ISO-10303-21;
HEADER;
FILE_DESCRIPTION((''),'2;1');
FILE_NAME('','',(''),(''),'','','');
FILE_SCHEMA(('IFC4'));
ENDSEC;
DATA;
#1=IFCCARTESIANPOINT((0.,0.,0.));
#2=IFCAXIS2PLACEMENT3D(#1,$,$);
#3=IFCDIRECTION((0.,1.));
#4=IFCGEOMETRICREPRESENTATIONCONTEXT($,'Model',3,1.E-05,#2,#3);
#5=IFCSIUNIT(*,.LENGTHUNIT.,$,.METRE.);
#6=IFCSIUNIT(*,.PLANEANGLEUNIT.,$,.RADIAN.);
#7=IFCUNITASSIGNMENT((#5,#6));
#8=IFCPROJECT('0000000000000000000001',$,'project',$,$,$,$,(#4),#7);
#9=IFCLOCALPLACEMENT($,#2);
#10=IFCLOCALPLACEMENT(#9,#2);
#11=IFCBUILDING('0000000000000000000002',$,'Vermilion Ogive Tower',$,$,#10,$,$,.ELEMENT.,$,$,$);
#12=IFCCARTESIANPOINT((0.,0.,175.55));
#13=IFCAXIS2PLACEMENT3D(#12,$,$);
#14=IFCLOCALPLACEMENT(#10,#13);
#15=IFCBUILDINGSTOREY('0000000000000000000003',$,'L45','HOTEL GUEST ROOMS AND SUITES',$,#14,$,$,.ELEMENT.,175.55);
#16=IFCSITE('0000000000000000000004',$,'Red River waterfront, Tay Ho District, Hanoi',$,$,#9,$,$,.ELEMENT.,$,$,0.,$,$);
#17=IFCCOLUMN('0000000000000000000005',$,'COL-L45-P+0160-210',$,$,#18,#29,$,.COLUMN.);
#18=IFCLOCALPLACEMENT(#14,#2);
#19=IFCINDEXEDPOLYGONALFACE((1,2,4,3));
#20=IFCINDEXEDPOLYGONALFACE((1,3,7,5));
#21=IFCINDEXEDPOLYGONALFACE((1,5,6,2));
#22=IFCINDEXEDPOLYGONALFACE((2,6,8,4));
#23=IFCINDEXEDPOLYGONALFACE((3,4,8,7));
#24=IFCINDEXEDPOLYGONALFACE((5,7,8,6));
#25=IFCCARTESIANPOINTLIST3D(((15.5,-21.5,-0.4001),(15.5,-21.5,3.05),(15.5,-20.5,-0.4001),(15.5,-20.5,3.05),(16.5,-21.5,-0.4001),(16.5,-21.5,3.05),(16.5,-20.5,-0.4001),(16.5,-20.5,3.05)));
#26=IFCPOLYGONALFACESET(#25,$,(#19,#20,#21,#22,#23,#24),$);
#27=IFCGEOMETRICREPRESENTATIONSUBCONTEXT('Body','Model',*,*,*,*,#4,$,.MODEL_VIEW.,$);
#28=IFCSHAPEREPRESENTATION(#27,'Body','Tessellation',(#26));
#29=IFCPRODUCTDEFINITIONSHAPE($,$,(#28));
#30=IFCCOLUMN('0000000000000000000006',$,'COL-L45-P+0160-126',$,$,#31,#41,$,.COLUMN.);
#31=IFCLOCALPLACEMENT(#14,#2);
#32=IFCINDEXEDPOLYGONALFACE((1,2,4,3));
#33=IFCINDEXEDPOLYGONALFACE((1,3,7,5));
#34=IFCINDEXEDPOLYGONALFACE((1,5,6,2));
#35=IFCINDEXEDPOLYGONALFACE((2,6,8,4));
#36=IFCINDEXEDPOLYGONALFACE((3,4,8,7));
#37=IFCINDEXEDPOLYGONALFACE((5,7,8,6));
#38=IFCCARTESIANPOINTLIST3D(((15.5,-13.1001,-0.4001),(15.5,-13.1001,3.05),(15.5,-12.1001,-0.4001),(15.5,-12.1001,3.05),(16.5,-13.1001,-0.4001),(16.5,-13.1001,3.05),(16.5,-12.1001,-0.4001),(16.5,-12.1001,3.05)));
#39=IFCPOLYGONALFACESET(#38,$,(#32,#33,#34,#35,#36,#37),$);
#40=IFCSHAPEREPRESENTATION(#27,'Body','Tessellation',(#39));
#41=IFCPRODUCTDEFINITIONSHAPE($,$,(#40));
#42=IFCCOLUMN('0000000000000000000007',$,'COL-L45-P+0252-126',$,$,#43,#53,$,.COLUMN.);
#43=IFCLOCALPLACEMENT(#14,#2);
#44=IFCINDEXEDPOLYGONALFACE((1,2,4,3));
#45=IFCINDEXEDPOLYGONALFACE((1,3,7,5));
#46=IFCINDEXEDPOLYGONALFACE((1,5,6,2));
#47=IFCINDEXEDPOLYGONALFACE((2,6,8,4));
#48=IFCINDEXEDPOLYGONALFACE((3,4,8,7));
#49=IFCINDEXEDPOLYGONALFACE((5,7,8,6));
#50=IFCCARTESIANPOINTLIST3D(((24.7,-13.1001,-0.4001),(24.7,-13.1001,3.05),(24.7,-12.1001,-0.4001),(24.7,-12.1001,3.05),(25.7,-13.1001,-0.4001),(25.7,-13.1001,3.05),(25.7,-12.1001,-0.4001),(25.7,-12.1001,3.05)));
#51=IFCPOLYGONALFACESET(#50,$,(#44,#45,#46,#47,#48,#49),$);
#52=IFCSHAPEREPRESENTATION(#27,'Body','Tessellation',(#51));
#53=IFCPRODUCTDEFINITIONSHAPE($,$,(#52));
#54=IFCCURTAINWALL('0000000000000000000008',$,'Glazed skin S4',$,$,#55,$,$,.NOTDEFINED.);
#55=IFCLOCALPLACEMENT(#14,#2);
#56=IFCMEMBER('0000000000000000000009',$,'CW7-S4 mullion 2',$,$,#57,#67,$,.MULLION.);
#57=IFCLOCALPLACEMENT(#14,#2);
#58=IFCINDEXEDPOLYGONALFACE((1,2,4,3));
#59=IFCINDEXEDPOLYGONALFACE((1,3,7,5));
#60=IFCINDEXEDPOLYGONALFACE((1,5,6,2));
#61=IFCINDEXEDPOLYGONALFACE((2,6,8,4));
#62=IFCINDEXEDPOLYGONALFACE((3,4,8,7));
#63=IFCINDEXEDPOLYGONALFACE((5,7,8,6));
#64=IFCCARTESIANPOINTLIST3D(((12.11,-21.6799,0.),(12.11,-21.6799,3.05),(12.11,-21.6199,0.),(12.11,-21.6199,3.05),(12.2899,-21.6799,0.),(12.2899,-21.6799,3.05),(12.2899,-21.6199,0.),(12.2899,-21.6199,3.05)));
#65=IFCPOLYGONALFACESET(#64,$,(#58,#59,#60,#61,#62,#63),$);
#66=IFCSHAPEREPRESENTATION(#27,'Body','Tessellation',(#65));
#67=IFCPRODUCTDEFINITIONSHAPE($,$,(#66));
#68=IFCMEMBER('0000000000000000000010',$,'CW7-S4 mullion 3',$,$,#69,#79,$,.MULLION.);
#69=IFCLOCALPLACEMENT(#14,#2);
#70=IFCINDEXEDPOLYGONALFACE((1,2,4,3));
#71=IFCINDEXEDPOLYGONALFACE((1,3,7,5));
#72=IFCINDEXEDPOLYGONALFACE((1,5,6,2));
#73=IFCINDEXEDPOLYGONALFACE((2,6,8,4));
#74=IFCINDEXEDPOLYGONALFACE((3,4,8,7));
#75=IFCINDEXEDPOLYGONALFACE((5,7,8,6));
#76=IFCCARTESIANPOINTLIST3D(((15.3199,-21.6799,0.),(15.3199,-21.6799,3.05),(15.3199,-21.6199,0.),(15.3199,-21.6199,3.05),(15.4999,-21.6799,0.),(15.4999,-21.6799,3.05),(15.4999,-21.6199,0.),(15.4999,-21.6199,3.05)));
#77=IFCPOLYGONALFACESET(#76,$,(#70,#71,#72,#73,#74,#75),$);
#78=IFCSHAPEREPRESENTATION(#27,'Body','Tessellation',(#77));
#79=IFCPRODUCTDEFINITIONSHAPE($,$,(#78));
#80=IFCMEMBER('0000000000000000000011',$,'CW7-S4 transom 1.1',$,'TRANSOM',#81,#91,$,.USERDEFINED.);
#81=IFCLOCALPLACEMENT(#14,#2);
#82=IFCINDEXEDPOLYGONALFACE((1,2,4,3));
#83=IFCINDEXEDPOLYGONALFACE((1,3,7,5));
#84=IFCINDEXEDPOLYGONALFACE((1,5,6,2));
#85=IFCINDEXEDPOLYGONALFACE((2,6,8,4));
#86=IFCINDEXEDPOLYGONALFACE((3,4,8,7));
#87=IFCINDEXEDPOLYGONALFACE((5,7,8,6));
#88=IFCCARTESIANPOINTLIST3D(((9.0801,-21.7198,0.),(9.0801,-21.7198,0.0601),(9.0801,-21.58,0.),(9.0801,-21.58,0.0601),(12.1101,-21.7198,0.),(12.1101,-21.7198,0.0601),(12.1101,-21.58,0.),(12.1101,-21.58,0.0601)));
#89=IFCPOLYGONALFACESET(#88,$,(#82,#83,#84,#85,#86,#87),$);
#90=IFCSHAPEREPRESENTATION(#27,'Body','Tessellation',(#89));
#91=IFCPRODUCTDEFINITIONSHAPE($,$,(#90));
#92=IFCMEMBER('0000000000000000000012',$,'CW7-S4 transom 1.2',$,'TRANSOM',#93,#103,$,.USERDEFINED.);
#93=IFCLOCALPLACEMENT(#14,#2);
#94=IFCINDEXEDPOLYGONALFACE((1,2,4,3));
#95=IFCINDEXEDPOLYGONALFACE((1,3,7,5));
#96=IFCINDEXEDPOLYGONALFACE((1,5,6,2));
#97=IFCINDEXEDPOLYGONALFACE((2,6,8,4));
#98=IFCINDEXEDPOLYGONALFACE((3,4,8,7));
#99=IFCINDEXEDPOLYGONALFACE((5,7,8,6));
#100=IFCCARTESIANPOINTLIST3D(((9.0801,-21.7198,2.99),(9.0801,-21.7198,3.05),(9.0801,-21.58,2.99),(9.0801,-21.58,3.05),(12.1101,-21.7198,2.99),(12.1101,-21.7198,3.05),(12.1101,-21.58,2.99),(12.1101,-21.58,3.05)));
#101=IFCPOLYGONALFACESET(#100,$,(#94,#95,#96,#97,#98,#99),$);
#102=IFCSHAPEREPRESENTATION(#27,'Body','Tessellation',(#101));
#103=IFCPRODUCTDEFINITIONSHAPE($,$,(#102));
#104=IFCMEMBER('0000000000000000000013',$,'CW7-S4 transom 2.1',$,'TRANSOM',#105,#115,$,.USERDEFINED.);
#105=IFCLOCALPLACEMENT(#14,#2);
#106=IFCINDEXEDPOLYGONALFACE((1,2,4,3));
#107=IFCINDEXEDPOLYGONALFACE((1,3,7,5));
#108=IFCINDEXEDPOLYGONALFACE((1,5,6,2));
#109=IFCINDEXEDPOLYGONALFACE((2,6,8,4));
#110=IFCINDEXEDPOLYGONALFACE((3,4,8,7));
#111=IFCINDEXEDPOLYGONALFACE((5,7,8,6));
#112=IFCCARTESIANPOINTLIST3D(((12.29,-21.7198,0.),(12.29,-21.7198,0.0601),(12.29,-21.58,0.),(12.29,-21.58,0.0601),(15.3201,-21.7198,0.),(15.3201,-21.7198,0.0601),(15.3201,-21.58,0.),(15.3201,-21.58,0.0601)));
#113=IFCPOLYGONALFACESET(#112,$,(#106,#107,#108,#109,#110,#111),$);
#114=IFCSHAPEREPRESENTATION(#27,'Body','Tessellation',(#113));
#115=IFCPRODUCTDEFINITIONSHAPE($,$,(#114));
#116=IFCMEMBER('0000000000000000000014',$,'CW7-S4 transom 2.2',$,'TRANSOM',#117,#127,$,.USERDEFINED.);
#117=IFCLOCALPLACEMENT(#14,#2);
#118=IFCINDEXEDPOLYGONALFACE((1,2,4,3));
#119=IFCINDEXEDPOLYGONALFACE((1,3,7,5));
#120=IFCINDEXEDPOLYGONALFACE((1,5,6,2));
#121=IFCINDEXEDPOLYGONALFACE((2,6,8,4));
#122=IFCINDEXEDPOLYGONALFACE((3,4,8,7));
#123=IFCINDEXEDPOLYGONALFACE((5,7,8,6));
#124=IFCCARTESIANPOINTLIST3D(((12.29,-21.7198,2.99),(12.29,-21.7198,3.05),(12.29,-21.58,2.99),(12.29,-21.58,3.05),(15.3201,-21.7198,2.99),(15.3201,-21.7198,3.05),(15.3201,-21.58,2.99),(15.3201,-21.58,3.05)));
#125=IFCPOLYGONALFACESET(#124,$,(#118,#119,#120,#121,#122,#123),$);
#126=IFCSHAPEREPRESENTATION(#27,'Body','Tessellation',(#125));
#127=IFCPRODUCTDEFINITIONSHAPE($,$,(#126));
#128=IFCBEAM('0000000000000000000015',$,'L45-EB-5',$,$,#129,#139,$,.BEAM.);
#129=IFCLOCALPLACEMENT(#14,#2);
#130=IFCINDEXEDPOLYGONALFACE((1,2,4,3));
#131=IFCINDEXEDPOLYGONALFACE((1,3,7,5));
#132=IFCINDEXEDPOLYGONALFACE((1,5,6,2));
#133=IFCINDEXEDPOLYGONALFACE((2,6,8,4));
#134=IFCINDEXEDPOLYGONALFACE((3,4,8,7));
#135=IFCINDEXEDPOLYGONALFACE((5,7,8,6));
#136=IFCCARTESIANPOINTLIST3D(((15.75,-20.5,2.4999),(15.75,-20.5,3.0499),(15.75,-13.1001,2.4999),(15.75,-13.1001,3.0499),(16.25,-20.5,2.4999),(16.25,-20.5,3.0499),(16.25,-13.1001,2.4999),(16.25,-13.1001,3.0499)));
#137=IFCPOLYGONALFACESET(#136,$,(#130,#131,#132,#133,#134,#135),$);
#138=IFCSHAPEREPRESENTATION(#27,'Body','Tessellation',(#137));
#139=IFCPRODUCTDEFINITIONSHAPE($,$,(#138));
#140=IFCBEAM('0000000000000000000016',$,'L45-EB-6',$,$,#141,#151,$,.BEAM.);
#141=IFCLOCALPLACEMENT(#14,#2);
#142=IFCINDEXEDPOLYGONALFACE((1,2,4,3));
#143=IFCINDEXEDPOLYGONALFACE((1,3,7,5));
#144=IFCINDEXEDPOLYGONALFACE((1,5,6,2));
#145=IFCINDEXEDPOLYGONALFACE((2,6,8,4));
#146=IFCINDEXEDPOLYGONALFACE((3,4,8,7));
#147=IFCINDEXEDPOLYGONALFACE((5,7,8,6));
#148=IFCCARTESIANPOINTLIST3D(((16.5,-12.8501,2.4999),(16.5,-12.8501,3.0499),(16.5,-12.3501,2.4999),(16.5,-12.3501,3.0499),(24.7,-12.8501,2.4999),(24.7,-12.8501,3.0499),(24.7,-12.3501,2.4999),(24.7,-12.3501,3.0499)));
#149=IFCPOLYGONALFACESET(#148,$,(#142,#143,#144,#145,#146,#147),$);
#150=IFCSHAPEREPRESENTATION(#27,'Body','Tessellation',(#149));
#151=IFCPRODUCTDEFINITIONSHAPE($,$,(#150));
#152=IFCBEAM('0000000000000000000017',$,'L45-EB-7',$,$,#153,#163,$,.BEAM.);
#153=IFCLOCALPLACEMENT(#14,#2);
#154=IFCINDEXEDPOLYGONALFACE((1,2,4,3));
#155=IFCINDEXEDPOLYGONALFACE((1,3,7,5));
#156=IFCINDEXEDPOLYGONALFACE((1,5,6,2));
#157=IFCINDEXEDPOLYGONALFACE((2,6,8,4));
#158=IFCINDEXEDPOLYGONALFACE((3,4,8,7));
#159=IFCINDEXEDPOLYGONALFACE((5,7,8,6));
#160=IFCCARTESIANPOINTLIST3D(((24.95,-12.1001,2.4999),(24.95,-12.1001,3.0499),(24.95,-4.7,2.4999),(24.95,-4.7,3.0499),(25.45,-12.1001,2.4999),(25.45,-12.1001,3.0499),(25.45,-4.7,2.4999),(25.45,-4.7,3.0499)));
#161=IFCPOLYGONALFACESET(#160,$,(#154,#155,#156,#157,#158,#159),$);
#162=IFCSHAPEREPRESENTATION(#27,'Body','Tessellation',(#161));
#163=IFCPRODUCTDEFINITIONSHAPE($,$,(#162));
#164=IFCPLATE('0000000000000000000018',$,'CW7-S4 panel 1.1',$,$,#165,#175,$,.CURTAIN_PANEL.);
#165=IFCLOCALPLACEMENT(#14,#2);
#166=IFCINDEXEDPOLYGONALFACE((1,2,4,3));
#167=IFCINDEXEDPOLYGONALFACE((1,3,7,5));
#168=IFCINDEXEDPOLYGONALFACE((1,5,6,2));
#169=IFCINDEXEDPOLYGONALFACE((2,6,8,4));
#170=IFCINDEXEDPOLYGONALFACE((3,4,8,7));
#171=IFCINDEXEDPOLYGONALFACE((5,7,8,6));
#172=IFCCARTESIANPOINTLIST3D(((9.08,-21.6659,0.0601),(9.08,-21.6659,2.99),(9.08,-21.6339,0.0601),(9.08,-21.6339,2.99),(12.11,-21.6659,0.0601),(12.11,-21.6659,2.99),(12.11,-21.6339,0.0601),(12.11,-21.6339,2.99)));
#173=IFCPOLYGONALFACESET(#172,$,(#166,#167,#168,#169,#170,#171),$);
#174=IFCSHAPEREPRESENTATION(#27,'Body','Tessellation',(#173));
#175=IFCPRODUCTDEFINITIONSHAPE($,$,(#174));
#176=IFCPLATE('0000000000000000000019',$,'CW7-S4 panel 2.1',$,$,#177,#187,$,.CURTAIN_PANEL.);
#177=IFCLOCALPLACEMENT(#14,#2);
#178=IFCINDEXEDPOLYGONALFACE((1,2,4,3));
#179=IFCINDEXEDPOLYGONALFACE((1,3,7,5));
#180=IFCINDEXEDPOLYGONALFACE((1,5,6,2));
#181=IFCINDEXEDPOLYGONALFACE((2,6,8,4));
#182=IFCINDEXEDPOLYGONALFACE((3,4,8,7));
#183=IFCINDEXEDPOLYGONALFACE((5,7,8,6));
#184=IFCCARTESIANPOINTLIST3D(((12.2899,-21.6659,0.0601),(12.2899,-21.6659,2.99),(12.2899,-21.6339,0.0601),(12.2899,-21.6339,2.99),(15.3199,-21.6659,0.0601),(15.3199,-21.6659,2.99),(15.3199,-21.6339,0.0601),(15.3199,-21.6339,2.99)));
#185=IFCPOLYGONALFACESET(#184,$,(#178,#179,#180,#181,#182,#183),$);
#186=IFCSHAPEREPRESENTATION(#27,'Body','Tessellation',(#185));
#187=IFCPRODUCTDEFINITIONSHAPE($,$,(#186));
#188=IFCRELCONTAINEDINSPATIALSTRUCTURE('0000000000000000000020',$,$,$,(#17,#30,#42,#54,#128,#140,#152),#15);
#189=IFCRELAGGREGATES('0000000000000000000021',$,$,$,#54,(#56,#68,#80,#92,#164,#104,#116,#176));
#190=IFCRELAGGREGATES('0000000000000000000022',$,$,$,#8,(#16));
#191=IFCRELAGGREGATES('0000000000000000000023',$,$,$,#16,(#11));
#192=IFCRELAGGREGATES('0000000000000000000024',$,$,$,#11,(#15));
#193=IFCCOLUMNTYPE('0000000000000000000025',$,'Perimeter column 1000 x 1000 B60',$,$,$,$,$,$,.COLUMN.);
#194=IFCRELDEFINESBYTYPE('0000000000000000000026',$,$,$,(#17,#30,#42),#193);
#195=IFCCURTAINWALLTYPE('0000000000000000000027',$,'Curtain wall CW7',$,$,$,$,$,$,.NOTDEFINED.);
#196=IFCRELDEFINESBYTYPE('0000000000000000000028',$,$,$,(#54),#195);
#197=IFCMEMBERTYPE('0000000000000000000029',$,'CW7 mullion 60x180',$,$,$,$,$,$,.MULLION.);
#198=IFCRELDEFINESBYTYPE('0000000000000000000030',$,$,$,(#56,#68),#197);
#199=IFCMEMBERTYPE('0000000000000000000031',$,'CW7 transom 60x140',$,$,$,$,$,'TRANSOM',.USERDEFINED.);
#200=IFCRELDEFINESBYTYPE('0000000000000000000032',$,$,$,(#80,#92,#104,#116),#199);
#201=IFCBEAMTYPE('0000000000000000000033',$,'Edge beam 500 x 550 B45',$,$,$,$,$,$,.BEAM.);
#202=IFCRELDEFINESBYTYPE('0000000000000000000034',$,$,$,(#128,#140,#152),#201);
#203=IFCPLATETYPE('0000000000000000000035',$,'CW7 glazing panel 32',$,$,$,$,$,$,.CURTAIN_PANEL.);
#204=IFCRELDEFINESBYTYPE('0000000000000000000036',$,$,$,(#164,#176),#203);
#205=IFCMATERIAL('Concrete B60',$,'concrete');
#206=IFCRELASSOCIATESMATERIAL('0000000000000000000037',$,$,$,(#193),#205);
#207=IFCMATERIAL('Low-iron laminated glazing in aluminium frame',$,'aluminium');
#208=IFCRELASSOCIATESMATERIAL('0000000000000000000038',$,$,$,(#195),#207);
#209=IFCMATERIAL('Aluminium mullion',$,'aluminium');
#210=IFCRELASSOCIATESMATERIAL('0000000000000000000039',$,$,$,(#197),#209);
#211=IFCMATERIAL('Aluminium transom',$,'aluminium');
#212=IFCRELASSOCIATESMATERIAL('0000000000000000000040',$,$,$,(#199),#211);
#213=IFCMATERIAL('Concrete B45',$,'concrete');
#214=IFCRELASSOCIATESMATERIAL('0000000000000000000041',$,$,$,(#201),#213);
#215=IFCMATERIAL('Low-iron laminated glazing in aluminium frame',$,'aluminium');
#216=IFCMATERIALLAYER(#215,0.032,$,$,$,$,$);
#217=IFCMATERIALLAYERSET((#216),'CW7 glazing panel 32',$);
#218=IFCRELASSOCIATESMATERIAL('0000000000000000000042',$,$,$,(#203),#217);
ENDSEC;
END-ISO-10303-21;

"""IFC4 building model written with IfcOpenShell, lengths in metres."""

from ifc_helpers import new_model, si_unit, direction, frame, origin, origin_2d, place, context, subcontext, project, spatial, rectangle, extrude, material, layer, layer_set, material_profile, profile_set, type_object, element, aggregate, save


model = new_model("IFC4")

# Units and contexts
model_context = context("Model", 3, precision=1e-05, world=origin(), true_north=direction((0.0, 1.0)))
body_context = subcontext(model_context, "Body", "Model", "MODEL_VIEW")
ifc_project = project(units=[si_unit("LENGTHUNIT", "METRE"), si_unit("PLANEANGLEUNIT", "RADIAN")], contexts=[model_context])

# Site, building, storey
site_placement = place(None, origin())
site = spatial("IfcSite", under=ifc_project, at=site_placement, Name="Red River waterfront, Tay Ho District, Hanoi", CompositionType="ELEMENT", RefElevation=0.0)
building_placement = place(site_placement, origin())
building = spatial("IfcBuilding", under=site, at=building_placement, Name="Vermilion Ogive Tower", CompositionType="ELEMENT")
storey_placement = place(building_placement, frame((0.0, 0.0, 175.55)))
storey = spatial("IfcBuildingStorey", under=building, at=storey_placement, Name="L45", Description="HOTEL GUEST ROOMS AND SUITES", CompositionType="ELEMENT", Elevation=175.55)

# Columns
ifc_material_1 = material(Name="Concrete B60", Category="concrete")
ifc_material_profile_1 = material_profile(ifc_material_1, rectangle(XDim=1.0, YDim=1.0, at=origin_2d()), Name="1000 x 1000")
ifc_profile_set_1 = profile_set([ifc_material_profile_1], Name="Concrete B60")
column_type = type_object("IfcColumnType", Name="Perimeter column 1000 x 1000 B60", PredefinedType="COLUMN", material=ifc_profile_set_1)
for number, where, z_axis, x_axis, name in (
    (1, (16.0, -21.0, -0.4001), (0.0, 0.0, 1.0), (1.0, 0.0, 0.0), "COL-L45-P+0160-210"),
    (2, (16.0, -12.6001, -0.4001), (0.0, 0.0, 1.0), (1.0, 0.0, 0.0), "COL-L45-P+0160-126"),
    (3, (25.2, -12.6001, -0.4001), (0.0, 0.0, 1.0), (1.0, 0.0, 0.0), "COL-L45-P+0252-126"),
):
    element("IfcColumn", number, at=place(storey_placement, frame(where, z_axis=z_axis, x_axis=x_axis)), inside=storey, type_object=column_type, Name=name, PredefinedType="COLUMN", context=body_context, shape_type="SweptSolid", body=[
        extrude(rectangle(XDim=1.0, YDim=1.0, at=origin_2d()), origin(), (0.0, 0.0, 1.0), 3.4502),
    ])

# Curtain wall, members
ifc_material_2 = material(Name="Low-iron laminated glazing in aluminium frame", Category="aluminium")
curtain_wall_type = type_object("IfcCurtainWallType", Name="Curtain wall CW7", PredefinedType="NOTDEFINED", material=ifc_material_2)
curtain_wall_placement = place(storey_placement, origin())
curtain_wall = element("IfcCurtainWall", 4, at=curtain_wall_placement, inside=storey, type_object=curtain_wall_type, Name="Glazed skin S4", PredefinedType="NOTDEFINED")
ifc_material_3 = material(Name="Aluminium mullion", Category="aluminium")
ifc_material_profile_2 = material_profile(ifc_material_3, rectangle(XDim=0.0601, YDim=0.1799, at=origin_2d()), Name="AL 60x180")
ifc_profile_set_2 = profile_set([ifc_material_profile_2], Name="Aluminium mullion")
member_type_1 = type_object("IfcMemberType", Name="CW7 mullion 60x180", PredefinedType="MULLION", material=ifc_profile_set_2)
member_1_placement = place(storey_placement, frame((12.2, -21.6499, 0.0), z_axis=(0.0, 0.0, 1.0), x_axis=(0.0, 1.0, 0.0)))
member_1 = element("IfcMember", 5, at=member_1_placement, type_object=member_type_1, Name="CW7-S4 mullion 2", PredefinedType="MULLION", context=body_context, shape_type="SweptSolid", body=[
    extrude(rectangle(XDim=0.0601, YDim=0.1799, at=origin_2d()), origin(), (0.0, 0.0, 1.0), 3.05),
])
member_2_placement = place(storey_placement, frame((15.4099, -21.6499, 0.0), z_axis=(0.0, 0.0, 1.0), x_axis=(0.0, 1.0, 0.0)))
member_2 = element("IfcMember", 6, at=member_2_placement, type_object=member_type_1, Name="CW7-S4 mullion 3", PredefinedType="MULLION", context=body_context, shape_type="SweptSolid", body=[
    extrude(rectangle(XDim=0.0601, YDim=0.1799, at=origin_2d()), origin(), (0.0, 0.0, 1.0), 3.05),
])
ifc_material_4 = material(Name="Aluminium transom", Category="aluminium")
ifc_material_profile_3 = material_profile(ifc_material_4, rectangle(XDim=0.1399, YDim=0.0601, at=origin_2d()), Name="AL 60x140")
ifc_profile_set_3 = profile_set([ifc_material_profile_3], Name="Aluminium transom")
member_type_2 = type_object("IfcMemberType", Name="CW7 transom 60x140", ElementType="TRANSOM", PredefinedType="USERDEFINED", material=ifc_profile_set_3)
member_3_placement = place(storey_placement, frame((9.0801, -21.6499, 0.03), z_axis=(1.0, 0.0, 0.0), x_axis=(0.0, 1.0, 0.0)))
member_3 = element("IfcMember", 7, at=member_3_placement, type_object=member_type_2, Name="CW7-S4 transom 1.1", ObjectType="TRANSOM", PredefinedType="USERDEFINED", context=body_context, shape_type="SweptSolid", body=[
    extrude(rectangle(XDim=0.1399, YDim=0.0601, at=origin_2d()), origin(), (0.0, 0.0, 1.0), 3.03),
])
member_4_placement = place(storey_placement, frame((9.0801, -21.6499, 3.02), z_axis=(1.0, 0.0, 0.0), x_axis=(0.0, 1.0, 0.0)))
member_4 = element("IfcMember", 8, at=member_4_placement, type_object=member_type_2, Name="CW7-S4 transom 1.2", ObjectType="TRANSOM", PredefinedType="USERDEFINED", context=body_context, shape_type="SweptSolid", body=[
    extrude(rectangle(XDim=0.1399, YDim=0.0601, at=origin_2d()), origin(), (0.0, 0.0, 1.0), 3.03),
])
member_5_placement = place(storey_placement, frame((12.29, -21.6499, 0.03), z_axis=(1.0, 0.0, 0.0), x_axis=(0.0, 1.0, 0.0)))
member_5 = element("IfcMember", 9, at=member_5_placement, type_object=member_type_2, Name="CW7-S4 transom 2.1", ObjectType="TRANSOM", PredefinedType="USERDEFINED", context=body_context, shape_type="SweptSolid", body=[
    extrude(rectangle(XDim=0.1399, YDim=0.0601, at=origin_2d()), origin(), (0.0, 0.0, 1.0), 3.03),
])
member_6_placement = place(storey_placement, frame((12.29, -21.6499, 3.02), z_axis=(1.0, 0.0, 0.0), x_axis=(0.0, 1.0, 0.0)))
member_6 = element("IfcMember", 10, at=member_6_placement, type_object=member_type_2, Name="CW7-S4 transom 2.2", ObjectType="TRANSOM", PredefinedType="USERDEFINED", context=body_context, shape_type="SweptSolid", body=[
    extrude(rectangle(XDim=0.1399, YDim=0.0601, at=origin_2d()), origin(), (0.0, 0.0, 1.0), 3.03),
])

# Beams
ifc_material_5 = material(Name="Concrete B45", Category="concrete")
ifc_material_profile_4 = material_profile(ifc_material_5, rectangle(XDim=0.5, YDim=0.55, at=origin_2d()), Name="500 x 550")
ifc_profile_set_4 = profile_set([ifc_material_profile_4], Name="Concrete B45")
beam_type = type_object("IfcBeamType", Name="Edge beam 500 x 550 B45", PredefinedType="BEAM", material=ifc_profile_set_4)
beam_1_placement = place(storey_placement, frame((16.0, -20.5, 2.7749), z_axis=(0.0, 1.0, 0.0), x_axis=(-1.0, 0.0, 0.0)))
element("IfcBeam", 11, at=beam_1_placement, inside=storey, type_object=beam_type, Name="L45-EB-5", PredefinedType="BEAM", context=body_context, shape_type="SweptSolid", body=[
    extrude(rectangle(XDim=0.5, YDim=0.55, at=origin_2d()), origin(), (0.0, 0.0, 1.0), 7.3999),
])
beam_2_placement = place(storey_placement, frame((16.5, -12.6001, 2.7749), z_axis=(1.0, 0.0, 0.0), x_axis=(0.0, 1.0, 0.0)))
element("IfcBeam", 12, at=beam_2_placement, inside=storey, type_object=beam_type, Name="L45-EB-6", PredefinedType="BEAM", context=body_context, shape_type="SweptSolid", body=[
    extrude(rectangle(XDim=0.5, YDim=0.55, at=origin_2d()), origin(), (0.0, 0.0, 1.0), 8.2),
])
beam_3_placement = place(storey_placement, frame((25.2, -12.1001, 2.7749), z_axis=(0.0, 1.0, 0.0), x_axis=(-1.0, 0.0, 0.0)))
element("IfcBeam", 13, at=beam_3_placement, inside=storey, type_object=beam_type, Name="L45-EB-7", PredefinedType="BEAM", context=body_context, shape_type="SweptSolid", body=[
    extrude(rectangle(XDim=0.5, YDim=0.55, at=origin_2d()), origin(), (0.0, 0.0, 1.0), 7.4001),
])

# Plates
ifc_material_6 = material(Name="Low-iron laminated glazing in aluminium frame", Category="aluminium")
ifc_layer_1 = layer(ifc_material_6, 0.032)
ifc_layer_set_1 = layer_set([ifc_layer_1], Name="CW7 glazing panel 32")
plate_type = type_object("IfcPlateType", Name="CW7 glazing panel 32", PredefinedType="CURTAIN_PANEL", material=ifc_layer_set_1)
plate_1_placement = place(storey_placement, frame((10.595, -21.6499, 0.0601), z_axis=(0.0, 0.0, 1.0), x_axis=(1.0, 0.0, 0.0)))
plate_1 = element("IfcPlate", 14, at=plate_1_placement, type_object=plate_type, Name="CW7-S4 panel 1.1", PredefinedType="CURTAIN_PANEL", context=body_context, shape_type="SweptSolid", body=[
    extrude(rectangle(XDim=3.03, YDim=0.032, at=origin_2d()), origin(), (0.0, 0.0, 1.0), 2.9299),
])
plate_2_placement = place(storey_placement, frame((13.8049, -21.6499, 0.0601), z_axis=(0.0, 0.0, 1.0), x_axis=(1.0, 0.0, 0.0)))
plate_2 = element("IfcPlate", 15, at=plate_2_placement, type_object=plate_type, Name="CW7-S4 panel 2.1", PredefinedType="CURTAIN_PANEL", context=body_context, shape_type="SweptSolid", body=[
    extrude(rectangle(XDim=3.03, YDim=0.032, at=origin_2d()), origin(), (0.0, 0.0, 1.0), 2.9299),
])
aggregate(curtain_wall, [member_1, member_2, member_3, member_4, plate_1, member_5, member_6, plate_2])

save(model, "model.ifc")
